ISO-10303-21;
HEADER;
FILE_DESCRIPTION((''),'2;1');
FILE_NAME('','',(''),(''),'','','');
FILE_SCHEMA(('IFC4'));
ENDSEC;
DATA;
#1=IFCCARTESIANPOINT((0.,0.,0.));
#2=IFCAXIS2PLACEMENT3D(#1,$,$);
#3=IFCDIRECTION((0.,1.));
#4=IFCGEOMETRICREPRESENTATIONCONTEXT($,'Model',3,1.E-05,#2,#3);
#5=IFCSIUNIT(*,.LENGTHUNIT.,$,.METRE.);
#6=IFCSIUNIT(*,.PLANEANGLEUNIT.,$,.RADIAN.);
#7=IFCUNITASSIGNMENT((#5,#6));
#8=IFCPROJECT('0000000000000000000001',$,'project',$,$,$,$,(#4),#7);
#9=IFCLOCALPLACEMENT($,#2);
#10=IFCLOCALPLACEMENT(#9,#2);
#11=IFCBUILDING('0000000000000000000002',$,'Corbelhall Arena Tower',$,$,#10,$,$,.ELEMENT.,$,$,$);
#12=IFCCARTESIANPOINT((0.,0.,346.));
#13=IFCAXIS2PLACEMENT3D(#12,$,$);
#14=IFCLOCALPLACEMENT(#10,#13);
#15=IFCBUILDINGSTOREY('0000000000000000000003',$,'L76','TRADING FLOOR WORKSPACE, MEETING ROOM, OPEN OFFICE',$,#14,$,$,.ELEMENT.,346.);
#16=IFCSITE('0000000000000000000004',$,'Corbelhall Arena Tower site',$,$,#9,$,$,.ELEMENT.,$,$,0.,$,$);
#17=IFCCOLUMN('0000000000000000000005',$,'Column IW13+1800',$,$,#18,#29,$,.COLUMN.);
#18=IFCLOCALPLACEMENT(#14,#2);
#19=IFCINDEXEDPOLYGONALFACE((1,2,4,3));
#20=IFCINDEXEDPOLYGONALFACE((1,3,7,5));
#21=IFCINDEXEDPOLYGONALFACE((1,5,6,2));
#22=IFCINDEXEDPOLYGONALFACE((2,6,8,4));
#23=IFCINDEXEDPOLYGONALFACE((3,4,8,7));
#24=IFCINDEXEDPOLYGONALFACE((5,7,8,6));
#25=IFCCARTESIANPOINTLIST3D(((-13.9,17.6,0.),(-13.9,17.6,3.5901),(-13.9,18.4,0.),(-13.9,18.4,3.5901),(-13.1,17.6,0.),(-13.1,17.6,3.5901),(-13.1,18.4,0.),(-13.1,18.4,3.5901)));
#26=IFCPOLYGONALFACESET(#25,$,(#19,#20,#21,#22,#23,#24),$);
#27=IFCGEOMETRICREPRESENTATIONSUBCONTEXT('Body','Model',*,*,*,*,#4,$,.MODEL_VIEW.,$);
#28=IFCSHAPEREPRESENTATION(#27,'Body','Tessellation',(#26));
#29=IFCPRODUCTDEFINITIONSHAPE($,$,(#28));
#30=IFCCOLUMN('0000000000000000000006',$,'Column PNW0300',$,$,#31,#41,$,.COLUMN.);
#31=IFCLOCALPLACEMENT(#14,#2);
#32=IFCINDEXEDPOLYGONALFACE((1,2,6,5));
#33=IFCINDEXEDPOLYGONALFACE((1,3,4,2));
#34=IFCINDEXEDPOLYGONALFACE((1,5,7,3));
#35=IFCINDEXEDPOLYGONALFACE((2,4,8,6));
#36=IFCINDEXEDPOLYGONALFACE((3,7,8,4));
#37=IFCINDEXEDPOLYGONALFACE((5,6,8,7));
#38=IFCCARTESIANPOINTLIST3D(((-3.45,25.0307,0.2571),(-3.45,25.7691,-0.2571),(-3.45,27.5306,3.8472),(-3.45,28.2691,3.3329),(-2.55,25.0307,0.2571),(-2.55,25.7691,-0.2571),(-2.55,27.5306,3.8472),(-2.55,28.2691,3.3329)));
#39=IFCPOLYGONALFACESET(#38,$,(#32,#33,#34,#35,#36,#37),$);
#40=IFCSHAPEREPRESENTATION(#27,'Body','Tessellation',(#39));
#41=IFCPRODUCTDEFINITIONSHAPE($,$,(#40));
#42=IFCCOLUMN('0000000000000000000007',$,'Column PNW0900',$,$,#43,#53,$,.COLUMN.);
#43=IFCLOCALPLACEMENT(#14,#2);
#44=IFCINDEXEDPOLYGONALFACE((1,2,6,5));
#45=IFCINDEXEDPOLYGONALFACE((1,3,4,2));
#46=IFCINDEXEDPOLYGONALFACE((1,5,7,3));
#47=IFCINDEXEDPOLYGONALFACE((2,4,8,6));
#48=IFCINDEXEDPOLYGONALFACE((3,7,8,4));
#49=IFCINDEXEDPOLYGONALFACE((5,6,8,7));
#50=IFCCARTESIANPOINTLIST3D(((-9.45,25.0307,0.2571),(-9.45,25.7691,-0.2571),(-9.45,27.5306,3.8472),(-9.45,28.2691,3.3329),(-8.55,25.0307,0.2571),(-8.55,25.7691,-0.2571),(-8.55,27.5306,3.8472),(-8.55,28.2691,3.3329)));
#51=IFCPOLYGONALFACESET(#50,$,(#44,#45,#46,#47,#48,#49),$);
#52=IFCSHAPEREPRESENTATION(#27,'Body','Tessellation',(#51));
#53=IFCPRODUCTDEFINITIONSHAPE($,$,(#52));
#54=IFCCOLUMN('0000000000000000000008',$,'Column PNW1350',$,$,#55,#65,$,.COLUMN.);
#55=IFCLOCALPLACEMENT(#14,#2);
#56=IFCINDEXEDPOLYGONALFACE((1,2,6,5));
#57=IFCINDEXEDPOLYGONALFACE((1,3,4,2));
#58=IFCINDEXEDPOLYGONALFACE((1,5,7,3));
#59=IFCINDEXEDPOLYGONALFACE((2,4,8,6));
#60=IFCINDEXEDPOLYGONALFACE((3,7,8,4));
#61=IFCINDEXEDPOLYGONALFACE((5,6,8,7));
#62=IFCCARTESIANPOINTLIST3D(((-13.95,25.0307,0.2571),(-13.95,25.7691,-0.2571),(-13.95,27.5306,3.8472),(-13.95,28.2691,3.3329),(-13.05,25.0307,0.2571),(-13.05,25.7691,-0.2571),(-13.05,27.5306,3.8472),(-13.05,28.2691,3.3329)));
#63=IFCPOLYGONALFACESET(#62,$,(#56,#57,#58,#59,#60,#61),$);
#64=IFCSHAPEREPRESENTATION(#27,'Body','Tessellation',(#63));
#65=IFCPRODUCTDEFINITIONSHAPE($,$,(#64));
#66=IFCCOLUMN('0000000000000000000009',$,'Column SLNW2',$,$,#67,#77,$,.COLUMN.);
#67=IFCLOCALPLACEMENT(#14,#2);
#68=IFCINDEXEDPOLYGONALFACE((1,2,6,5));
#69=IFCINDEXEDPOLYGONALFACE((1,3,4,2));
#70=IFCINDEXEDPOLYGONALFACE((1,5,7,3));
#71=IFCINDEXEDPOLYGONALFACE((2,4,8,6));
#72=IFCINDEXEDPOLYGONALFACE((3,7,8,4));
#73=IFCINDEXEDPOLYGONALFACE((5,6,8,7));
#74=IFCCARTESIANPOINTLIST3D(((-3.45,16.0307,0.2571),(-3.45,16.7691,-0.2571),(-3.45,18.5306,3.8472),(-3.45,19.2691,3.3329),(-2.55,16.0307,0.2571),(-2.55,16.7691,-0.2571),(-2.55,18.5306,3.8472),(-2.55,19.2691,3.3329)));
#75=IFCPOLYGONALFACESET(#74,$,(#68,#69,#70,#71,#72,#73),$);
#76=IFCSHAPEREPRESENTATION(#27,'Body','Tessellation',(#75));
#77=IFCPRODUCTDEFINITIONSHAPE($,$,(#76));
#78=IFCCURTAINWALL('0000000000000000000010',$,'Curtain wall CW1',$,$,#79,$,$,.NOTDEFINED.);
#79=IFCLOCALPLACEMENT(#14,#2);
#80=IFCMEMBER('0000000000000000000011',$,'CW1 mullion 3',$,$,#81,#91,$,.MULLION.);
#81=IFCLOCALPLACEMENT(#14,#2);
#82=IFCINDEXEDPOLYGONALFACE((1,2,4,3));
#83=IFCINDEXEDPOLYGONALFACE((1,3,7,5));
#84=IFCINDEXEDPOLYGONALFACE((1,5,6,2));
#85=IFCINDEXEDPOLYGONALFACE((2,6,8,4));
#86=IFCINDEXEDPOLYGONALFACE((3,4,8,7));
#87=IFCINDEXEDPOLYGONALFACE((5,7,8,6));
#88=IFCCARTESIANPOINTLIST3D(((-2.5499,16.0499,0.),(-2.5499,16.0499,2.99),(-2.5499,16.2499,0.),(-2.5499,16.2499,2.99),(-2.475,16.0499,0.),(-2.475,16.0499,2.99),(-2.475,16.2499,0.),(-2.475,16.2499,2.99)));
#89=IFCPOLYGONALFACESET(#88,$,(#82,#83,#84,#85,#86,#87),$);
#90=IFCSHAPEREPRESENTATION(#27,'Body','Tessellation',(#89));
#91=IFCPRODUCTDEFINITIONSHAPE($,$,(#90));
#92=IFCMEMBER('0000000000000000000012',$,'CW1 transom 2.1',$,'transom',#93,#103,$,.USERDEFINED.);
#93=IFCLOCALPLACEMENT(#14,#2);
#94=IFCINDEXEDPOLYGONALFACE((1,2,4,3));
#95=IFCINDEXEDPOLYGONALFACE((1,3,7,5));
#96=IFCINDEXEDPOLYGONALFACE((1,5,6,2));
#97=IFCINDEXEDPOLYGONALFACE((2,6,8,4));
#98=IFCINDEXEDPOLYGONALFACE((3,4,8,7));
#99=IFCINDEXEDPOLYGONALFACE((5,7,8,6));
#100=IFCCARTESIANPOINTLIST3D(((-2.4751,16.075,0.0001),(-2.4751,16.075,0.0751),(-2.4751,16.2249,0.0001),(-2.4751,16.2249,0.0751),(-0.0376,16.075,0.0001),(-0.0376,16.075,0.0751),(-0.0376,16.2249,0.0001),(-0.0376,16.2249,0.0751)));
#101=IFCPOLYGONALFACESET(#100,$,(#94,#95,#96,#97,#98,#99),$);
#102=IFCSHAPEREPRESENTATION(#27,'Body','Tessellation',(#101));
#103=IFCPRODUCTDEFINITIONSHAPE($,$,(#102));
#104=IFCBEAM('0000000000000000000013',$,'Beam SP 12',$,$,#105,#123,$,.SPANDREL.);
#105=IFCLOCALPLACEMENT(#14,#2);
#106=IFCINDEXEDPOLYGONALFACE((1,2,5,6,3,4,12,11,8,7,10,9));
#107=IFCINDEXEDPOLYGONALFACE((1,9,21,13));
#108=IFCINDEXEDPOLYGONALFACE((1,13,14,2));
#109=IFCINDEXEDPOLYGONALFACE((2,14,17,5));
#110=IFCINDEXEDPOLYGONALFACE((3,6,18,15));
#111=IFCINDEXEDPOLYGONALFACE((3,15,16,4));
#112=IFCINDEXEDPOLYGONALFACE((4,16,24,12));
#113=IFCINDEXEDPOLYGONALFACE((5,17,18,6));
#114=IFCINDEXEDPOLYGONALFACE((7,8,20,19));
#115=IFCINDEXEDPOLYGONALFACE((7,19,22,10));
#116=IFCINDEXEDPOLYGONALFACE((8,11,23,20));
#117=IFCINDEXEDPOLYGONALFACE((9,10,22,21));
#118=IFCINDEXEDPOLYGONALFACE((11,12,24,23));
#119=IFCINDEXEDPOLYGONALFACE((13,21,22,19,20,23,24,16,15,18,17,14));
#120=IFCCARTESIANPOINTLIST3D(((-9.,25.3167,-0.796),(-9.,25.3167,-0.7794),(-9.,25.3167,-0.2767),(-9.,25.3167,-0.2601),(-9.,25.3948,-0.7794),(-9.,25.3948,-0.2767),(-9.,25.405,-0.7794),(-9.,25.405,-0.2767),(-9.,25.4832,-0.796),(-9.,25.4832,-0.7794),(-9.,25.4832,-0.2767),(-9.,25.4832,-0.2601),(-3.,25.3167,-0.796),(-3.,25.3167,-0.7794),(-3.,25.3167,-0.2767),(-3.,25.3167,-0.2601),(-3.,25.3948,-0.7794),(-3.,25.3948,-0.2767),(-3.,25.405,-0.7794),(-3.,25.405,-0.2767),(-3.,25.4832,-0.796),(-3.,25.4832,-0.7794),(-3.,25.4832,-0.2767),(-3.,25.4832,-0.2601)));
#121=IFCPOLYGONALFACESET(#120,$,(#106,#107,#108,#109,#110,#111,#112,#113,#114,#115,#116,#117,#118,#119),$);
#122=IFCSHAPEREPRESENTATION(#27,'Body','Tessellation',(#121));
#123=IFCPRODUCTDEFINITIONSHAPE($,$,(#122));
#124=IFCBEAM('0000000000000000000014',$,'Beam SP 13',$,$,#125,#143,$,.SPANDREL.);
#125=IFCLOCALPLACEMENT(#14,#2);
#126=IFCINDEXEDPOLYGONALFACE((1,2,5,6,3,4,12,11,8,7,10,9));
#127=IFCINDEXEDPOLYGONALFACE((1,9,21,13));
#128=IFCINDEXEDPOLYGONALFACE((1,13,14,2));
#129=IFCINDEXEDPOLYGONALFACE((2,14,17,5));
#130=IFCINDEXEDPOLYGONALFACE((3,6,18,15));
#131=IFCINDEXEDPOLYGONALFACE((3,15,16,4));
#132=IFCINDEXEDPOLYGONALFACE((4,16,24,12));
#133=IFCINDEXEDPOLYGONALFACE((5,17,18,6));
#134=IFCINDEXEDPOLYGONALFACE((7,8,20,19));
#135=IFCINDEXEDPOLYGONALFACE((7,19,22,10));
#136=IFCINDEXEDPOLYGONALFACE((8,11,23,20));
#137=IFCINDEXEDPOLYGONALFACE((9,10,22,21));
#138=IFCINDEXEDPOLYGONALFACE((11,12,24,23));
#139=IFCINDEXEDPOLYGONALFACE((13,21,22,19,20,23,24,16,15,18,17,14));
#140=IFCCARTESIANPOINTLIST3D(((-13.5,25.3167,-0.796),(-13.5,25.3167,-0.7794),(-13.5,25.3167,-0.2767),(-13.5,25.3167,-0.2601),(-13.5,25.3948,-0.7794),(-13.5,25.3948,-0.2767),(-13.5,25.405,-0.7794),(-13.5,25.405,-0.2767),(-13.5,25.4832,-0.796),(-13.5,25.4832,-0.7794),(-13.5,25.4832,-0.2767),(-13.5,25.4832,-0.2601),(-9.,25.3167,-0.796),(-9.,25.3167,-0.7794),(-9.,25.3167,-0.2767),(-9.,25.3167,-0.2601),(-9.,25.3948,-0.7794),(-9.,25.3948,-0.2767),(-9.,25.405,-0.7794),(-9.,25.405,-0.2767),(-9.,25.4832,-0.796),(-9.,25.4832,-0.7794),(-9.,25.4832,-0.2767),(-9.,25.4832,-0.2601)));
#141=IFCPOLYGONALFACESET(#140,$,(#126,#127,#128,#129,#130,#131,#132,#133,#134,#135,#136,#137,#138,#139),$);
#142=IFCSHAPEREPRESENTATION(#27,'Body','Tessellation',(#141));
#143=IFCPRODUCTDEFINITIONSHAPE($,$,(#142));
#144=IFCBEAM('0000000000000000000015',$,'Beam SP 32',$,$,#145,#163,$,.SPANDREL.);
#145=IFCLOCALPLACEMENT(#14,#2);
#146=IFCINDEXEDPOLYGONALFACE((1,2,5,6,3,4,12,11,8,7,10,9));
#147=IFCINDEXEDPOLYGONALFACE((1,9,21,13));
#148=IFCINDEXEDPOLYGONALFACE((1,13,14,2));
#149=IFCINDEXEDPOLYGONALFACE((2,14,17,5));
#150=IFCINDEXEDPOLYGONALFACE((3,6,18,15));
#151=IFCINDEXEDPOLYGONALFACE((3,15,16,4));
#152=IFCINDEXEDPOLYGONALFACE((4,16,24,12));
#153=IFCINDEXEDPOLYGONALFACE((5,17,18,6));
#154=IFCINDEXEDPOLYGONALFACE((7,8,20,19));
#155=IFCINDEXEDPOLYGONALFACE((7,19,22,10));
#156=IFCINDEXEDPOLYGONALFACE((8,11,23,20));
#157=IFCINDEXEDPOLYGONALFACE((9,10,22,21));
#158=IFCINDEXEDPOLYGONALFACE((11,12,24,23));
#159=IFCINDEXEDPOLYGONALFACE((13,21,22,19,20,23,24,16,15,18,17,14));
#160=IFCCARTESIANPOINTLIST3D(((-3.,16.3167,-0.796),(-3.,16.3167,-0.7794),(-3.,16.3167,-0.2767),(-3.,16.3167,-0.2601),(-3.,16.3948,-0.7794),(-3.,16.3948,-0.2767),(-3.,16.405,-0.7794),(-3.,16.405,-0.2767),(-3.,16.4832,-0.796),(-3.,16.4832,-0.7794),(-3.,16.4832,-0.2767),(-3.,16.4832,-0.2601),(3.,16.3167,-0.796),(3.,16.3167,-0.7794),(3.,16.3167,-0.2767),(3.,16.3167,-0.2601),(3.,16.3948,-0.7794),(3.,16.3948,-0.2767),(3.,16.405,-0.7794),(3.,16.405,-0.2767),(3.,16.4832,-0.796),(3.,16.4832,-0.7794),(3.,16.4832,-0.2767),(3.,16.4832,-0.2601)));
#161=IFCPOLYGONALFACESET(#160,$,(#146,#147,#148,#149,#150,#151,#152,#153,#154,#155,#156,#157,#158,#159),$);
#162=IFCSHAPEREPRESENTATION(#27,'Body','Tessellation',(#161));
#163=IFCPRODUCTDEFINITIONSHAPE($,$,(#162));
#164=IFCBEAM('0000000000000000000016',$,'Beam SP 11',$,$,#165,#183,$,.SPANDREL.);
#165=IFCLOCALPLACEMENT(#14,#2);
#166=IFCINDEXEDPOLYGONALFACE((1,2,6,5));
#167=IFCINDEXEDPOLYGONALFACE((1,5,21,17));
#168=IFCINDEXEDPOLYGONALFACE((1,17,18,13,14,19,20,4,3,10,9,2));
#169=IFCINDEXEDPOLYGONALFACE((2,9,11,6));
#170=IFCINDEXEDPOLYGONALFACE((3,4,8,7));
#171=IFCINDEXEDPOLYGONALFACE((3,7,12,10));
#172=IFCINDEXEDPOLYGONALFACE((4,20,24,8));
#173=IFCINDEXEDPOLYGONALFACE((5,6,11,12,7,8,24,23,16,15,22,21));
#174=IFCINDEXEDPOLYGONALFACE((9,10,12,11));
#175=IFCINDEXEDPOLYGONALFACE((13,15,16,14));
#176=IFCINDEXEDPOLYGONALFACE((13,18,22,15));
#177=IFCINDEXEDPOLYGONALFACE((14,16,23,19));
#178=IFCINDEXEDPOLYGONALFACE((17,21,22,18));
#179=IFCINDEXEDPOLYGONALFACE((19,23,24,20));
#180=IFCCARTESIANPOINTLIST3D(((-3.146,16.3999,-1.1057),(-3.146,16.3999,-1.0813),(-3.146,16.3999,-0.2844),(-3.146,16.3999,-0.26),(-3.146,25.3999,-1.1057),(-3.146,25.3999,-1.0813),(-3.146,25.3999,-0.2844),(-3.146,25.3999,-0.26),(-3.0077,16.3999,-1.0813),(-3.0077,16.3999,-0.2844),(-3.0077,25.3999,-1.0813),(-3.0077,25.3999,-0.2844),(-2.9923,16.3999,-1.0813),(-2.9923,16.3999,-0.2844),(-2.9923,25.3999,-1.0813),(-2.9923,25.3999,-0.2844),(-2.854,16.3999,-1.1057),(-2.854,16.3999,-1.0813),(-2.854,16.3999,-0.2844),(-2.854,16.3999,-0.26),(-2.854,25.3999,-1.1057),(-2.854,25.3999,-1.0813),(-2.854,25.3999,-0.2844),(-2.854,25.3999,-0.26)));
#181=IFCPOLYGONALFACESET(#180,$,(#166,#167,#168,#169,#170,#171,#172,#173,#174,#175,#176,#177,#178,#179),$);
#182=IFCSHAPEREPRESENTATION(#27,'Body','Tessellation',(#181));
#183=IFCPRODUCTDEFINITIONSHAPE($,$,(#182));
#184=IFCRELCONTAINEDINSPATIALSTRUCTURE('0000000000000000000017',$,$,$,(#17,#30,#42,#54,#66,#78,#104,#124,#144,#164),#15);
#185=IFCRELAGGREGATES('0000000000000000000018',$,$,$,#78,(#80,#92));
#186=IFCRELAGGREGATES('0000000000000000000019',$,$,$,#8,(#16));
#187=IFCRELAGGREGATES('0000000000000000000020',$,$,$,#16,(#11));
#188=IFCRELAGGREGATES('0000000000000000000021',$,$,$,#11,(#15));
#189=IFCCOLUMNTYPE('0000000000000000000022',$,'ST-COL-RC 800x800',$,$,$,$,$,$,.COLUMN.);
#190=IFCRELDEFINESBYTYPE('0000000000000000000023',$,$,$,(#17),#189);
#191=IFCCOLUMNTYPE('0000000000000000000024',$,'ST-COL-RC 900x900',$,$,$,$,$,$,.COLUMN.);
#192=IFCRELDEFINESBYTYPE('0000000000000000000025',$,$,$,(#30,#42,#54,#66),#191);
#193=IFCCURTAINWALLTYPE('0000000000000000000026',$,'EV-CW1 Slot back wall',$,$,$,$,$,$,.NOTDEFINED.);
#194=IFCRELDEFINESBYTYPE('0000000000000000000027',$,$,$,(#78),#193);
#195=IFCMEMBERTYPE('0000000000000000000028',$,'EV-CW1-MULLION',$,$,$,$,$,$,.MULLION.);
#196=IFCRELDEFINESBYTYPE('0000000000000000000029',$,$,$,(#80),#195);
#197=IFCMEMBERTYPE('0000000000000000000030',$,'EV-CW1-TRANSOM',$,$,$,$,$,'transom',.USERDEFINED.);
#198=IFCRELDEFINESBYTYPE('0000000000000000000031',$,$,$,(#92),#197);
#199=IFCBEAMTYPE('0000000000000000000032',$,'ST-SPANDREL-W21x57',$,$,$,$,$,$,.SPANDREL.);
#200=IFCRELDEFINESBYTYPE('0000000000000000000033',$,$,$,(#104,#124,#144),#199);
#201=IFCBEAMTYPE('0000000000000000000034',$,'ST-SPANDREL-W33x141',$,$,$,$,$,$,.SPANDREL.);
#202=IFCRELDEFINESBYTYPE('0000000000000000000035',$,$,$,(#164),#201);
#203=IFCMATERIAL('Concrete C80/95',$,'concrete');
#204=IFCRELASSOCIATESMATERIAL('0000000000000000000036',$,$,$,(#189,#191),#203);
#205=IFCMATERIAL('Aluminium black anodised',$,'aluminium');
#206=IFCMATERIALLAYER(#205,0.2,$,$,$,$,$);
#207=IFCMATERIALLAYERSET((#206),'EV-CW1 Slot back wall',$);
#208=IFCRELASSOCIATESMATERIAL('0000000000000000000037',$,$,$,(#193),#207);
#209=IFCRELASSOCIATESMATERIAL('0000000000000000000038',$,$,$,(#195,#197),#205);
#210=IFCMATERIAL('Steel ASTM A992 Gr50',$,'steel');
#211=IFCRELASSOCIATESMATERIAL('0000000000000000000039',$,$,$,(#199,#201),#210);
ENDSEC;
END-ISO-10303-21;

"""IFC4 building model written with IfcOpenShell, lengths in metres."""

from ifc_helpers import new_model, si_unit, direction, frame, origin, origin_2d, place, context, subcontext, project, spatial, rectangle, i_section, extrude, material, layer, layer_set, material_profile, profile_set, type_object, element, aggregate, save


model = new_model("IFC4")

# Units and contexts
model_context = context("Model", 3, precision=1e-05, world=origin(), true_north=direction((0.0, 1.0)))
body_context = subcontext(model_context, "Body", "Model", "MODEL_VIEW")
ifc_project = project(units=[si_unit("LENGTHUNIT", "METRE"), si_unit("PLANEANGLEUNIT", "RADIAN")], contexts=[model_context])

# Site, building, storey
site_placement = place(None, origin())
site = spatial("IfcSite", under=ifc_project, at=site_placement, Name="Corbelhall Arena Tower site", CompositionType="ELEMENT", RefElevation=0.0)
building_placement = place(site_placement, origin())
building = spatial("IfcBuilding", under=site, at=building_placement, Name="Corbelhall Arena Tower", CompositionType="ELEMENT")
storey_placement = place(building_placement, frame((0.0, 0.0, 346.0)))
storey = spatial("IfcBuildingStorey", under=building, at=storey_placement, Name="L76", Description="TRADING FLOOR WORKSPACE, MEETING ROOM, OPEN OFFICE", CompositionType="ELEMENT", Elevation=346.0)

# Columns
ifc_material_1 = material(Name="Concrete C80/95", Category="concrete")
ifc_material_profile_1 = material_profile(ifc_material_1, rectangle(XDim=0.8, YDim=0.8, at=origin_2d()))
ifc_profile_set_1 = profile_set([ifc_material_profile_1], Name="Concrete C80/95")
column_type_1 = type_object("IfcColumnType", Name="ST-COL-RC 800x800", PredefinedType="COLUMN", material=ifc_profile_set_1)
column_placement = place(storey_placement, frame((-13.5, 18.0, 0.0), z_axis=(0.0, 0.0, 1.0), x_axis=(1.0, 0.0, 0.0)))
element("IfcColumn", 1, at=column_placement, inside=storey, type_object=column_type_1, Name="Column IW13+1800", PredefinedType="COLUMN", context=body_context, shape_type="SweptSolid", body=[
    extrude(rectangle(XDim=0.8, YDim=0.8, at=origin_2d()), origin(), (0.0, 0.0, 1.0), 3.5901),
])
ifc_material_profile_2 = material_profile(ifc_material_1, rectangle(XDim=0.8999, YDim=0.8999, at=origin_2d()))
ifc_profile_set_2 = profile_set([ifc_material_profile_2], Name="Concrete C80/95")
column_type_2 = type_object("IfcColumnType", Name="ST-COL-RC 900x900", PredefinedType="COLUMN", material=ifc_profile_set_2)
for number, where, z_axis, x_axis, name in (
    (2, (-3.0, 25.3999, 0.0), (0.0, 0.571457, 0.820632), (-1.0, 0.0, 0.0), "Column PNW0300"),
    (3, (-9.0, 25.3999, 0.0), (0.0, 0.571457, 0.820632), (-1.0, 0.0, 0.0), "Column PNW0900"),
    (4, (-13.5, 25.3999, 0.0), (0.0, 0.571457, 0.820632), (-1.0, 0.0, 0.0), "Column PNW1350"),
    (5, (-3.0, 16.3999, 0.0), (0.0, 0.571457, 0.820632), (-1.0, 0.0, 0.0), "Column SLNW2"),
):
    element("IfcColumn", number, at=place(storey_placement, frame(where, z_axis=z_axis, x_axis=x_axis)), inside=storey, type_object=column_type_2, Name=name, PredefinedType="COLUMN", context=body_context, shape_type="SweptSolid", body=[
        extrude(rectangle(XDim=0.8999, YDim=0.8999, at=origin_2d()), origin(), (0.0, 0.0, 1.0), 4.3748),
    ])

# Curtain wall, members
ifc_material_2 = material(Name="Aluminium black anodised", Category="aluminium")
ifc_layer_1 = layer(ifc_material_2, 0.2)
ifc_layer_set_1 = layer_set([ifc_layer_1], Name="EV-CW1 Slot back wall")
curtain_wall_type = type_object("IfcCurtainWallType", Name="EV-CW1 Slot back wall", PredefinedType="NOTDEFINED", material=ifc_layer_set_1)
curtain_wall_placement = place(storey_placement, origin())
curtain_wall = element("IfcCurtainWall", 6, at=curtain_wall_placement, inside=storey, type_object=curtain_wall_type, Name="Curtain wall CW1", PredefinedType="NOTDEFINED")
ifc_material_profile_3 = material_profile(ifc_material_2, rectangle(XDim=0.2, YDim=0.075, at=origin_2d()))
ifc_profile_set_3 = profile_set([ifc_material_profile_3], Name="Aluminium black anodised")
member_type_1 = type_object("IfcMemberType", Name="EV-CW1-MULLION", PredefinedType="MULLION", material=ifc_profile_set_3)
member_1_placement = place(storey_placement, frame((-2.5125, 16.1499, 0.0), z_axis=(0.0, 0.0, 1.0), x_axis=(0.0, -1.0, 0.0)))
member_1 = element("IfcMember", 7, at=member_1_placement, type_object=member_type_1, Name="CW1 mullion 3", PredefinedType="MULLION", context=body_context, shape_type="SweptSolid", body=[
    extrude(rectangle(XDim=0.2, YDim=0.075, at=origin_2d()), origin(), (0.0, 0.0, 1.0), 2.99),
])
ifc_material_profile_4 = material_profile(ifc_material_2, rectangle(XDim=0.1499, YDim=0.075, at=origin_2d()))
ifc_profile_set_4 = profile_set([ifc_material_profile_4], Name="Aluminium black anodised")
member_type_2 = type_object("IfcMemberType", Name="EV-CW1-TRANSOM", ElementType="transom", PredefinedType="USERDEFINED", material=ifc_profile_set_4)
member_2_placement = place(storey_placement, frame((-0.0376, 16.1499, 0.0376), z_axis=(-1.0, 0.0, 0.0), x_axis=(0.0, -1.0, 0.0)))
member_2 = element("IfcMember", 8, at=member_2_placement, type_object=member_type_2, Name="CW1 transom 2.1", ObjectType="transom", PredefinedType="USERDEFINED", context=body_context, shape_type="SweptSolid", body=[
    extrude(rectangle(XDim=0.1499, YDim=0.075, at=origin_2d()), origin(), (0.0, 0.0, 1.0), 2.4375),
])

# Beams
ifc_material_3 = material(Name="Steel ASTM A992 Gr50", Category="steel")
ifc_material_profile_5 = material_profile(ifc_material_3, i_section(OverallWidth=0.1665, OverallDepth=0.5359, WebThickness=0.0103, FlangeThickness=0.0166, at=origin_2d()))
ifc_profile_set_5 = profile_set([ifc_material_profile_5], Name="Steel ASTM A992 Gr50")
beam_type_1 = type_object("IfcBeamType", Name="ST-SPANDREL-W21x57", PredefinedType="SPANDREL", material=ifc_profile_set_5)
beam_1_placement = place(storey_placement, frame((-9.0, 25.3999, -0.5281), z_axis=(1.0, 0.0, 0.0), x_axis=(0.0, 1.0, 0.0)))
element("IfcBeam", 9, at=beam_1_placement, inside=storey, type_object=beam_type_1, Name="Beam SP 12", PredefinedType="SPANDREL", context=body_context, shape_type="SweptSolid", body=[
    extrude(i_section(OverallWidth=0.1665, OverallDepth=0.5359, WebThickness=0.0103, FlangeThickness=0.0166, at=origin_2d()), origin(), (0.0, 0.0, 1.0), 6.0),
])
beam_2_placement = place(storey_placement, frame((-13.5, 25.3999, -0.5281), z_axis=(1.0, 0.0, 0.0), x_axis=(0.0, 1.0, 0.0)))
element("IfcBeam", 10, at=beam_2_placement, inside=storey, type_object=beam_type_1, Name="Beam SP 13", PredefinedType="SPANDREL", context=body_context, shape_type="SweptSolid", body=[
    extrude(i_section(OverallWidth=0.1665, OverallDepth=0.5359, WebThickness=0.0103, FlangeThickness=0.0166, at=origin_2d()), origin(), (0.0, 0.0, 1.0), 4.5),
])
beam_3_placement = place(storey_placement, frame((-3.0, 16.3999, -0.5281), z_axis=(1.0, 0.0, 0.0), x_axis=(0.0, 1.0, 0.0)))
element("IfcBeam", 11, at=beam_3_placement, inside=storey, type_object=beam_type_1, Name="Beam SP 32", PredefinedType="SPANDREL", context=body_context, shape_type="SweptSolid", body=[
    extrude(i_section(OverallWidth=0.1665, OverallDepth=0.5359, WebThickness=0.0103, FlangeThickness=0.0166, at=origin_2d()), origin(), (0.0, 0.0, 1.0), 6.0),
])
ifc_material_profile_6 = material_profile(ifc_material_3, i_section(OverallWidth=0.292, OverallDepth=0.8457, WebThickness=0.0154, FlangeThickness=0.0244, at=origin_2d()))
ifc_profile_set_6 = profile_set([ifc_material_profile_6], Name="Steel ASTM A992 Gr50")
beam_type_2 = type_object("IfcBeamType", Name="ST-SPANDREL-W33x141", PredefinedType="SPANDREL", material=ifc_profile_set_6)
beam_4_placement = place(storey_placement, frame((-3.0, 25.3999, -0.6829), z_axis=(0.0, -1.0, 0.0), x_axis=(1.0, 0.0, 0.0)))
element("IfcBeam", 12, at=beam_4_placement, inside=storey, type_object=beam_type_2, Name="Beam SP 11", PredefinedType="SPANDREL", context=body_context, shape_type="SweptSolid", body=[
    extrude(i_section(OverallWidth=0.292, OverallDepth=0.8457, WebThickness=0.0154, FlangeThickness=0.0244, at=origin_2d()), origin(), (0.0, 0.0, 1.0), 9.0),
])

aggregate(curtain_wall, [member_1, member_2])

save(model, "model.ifc")
